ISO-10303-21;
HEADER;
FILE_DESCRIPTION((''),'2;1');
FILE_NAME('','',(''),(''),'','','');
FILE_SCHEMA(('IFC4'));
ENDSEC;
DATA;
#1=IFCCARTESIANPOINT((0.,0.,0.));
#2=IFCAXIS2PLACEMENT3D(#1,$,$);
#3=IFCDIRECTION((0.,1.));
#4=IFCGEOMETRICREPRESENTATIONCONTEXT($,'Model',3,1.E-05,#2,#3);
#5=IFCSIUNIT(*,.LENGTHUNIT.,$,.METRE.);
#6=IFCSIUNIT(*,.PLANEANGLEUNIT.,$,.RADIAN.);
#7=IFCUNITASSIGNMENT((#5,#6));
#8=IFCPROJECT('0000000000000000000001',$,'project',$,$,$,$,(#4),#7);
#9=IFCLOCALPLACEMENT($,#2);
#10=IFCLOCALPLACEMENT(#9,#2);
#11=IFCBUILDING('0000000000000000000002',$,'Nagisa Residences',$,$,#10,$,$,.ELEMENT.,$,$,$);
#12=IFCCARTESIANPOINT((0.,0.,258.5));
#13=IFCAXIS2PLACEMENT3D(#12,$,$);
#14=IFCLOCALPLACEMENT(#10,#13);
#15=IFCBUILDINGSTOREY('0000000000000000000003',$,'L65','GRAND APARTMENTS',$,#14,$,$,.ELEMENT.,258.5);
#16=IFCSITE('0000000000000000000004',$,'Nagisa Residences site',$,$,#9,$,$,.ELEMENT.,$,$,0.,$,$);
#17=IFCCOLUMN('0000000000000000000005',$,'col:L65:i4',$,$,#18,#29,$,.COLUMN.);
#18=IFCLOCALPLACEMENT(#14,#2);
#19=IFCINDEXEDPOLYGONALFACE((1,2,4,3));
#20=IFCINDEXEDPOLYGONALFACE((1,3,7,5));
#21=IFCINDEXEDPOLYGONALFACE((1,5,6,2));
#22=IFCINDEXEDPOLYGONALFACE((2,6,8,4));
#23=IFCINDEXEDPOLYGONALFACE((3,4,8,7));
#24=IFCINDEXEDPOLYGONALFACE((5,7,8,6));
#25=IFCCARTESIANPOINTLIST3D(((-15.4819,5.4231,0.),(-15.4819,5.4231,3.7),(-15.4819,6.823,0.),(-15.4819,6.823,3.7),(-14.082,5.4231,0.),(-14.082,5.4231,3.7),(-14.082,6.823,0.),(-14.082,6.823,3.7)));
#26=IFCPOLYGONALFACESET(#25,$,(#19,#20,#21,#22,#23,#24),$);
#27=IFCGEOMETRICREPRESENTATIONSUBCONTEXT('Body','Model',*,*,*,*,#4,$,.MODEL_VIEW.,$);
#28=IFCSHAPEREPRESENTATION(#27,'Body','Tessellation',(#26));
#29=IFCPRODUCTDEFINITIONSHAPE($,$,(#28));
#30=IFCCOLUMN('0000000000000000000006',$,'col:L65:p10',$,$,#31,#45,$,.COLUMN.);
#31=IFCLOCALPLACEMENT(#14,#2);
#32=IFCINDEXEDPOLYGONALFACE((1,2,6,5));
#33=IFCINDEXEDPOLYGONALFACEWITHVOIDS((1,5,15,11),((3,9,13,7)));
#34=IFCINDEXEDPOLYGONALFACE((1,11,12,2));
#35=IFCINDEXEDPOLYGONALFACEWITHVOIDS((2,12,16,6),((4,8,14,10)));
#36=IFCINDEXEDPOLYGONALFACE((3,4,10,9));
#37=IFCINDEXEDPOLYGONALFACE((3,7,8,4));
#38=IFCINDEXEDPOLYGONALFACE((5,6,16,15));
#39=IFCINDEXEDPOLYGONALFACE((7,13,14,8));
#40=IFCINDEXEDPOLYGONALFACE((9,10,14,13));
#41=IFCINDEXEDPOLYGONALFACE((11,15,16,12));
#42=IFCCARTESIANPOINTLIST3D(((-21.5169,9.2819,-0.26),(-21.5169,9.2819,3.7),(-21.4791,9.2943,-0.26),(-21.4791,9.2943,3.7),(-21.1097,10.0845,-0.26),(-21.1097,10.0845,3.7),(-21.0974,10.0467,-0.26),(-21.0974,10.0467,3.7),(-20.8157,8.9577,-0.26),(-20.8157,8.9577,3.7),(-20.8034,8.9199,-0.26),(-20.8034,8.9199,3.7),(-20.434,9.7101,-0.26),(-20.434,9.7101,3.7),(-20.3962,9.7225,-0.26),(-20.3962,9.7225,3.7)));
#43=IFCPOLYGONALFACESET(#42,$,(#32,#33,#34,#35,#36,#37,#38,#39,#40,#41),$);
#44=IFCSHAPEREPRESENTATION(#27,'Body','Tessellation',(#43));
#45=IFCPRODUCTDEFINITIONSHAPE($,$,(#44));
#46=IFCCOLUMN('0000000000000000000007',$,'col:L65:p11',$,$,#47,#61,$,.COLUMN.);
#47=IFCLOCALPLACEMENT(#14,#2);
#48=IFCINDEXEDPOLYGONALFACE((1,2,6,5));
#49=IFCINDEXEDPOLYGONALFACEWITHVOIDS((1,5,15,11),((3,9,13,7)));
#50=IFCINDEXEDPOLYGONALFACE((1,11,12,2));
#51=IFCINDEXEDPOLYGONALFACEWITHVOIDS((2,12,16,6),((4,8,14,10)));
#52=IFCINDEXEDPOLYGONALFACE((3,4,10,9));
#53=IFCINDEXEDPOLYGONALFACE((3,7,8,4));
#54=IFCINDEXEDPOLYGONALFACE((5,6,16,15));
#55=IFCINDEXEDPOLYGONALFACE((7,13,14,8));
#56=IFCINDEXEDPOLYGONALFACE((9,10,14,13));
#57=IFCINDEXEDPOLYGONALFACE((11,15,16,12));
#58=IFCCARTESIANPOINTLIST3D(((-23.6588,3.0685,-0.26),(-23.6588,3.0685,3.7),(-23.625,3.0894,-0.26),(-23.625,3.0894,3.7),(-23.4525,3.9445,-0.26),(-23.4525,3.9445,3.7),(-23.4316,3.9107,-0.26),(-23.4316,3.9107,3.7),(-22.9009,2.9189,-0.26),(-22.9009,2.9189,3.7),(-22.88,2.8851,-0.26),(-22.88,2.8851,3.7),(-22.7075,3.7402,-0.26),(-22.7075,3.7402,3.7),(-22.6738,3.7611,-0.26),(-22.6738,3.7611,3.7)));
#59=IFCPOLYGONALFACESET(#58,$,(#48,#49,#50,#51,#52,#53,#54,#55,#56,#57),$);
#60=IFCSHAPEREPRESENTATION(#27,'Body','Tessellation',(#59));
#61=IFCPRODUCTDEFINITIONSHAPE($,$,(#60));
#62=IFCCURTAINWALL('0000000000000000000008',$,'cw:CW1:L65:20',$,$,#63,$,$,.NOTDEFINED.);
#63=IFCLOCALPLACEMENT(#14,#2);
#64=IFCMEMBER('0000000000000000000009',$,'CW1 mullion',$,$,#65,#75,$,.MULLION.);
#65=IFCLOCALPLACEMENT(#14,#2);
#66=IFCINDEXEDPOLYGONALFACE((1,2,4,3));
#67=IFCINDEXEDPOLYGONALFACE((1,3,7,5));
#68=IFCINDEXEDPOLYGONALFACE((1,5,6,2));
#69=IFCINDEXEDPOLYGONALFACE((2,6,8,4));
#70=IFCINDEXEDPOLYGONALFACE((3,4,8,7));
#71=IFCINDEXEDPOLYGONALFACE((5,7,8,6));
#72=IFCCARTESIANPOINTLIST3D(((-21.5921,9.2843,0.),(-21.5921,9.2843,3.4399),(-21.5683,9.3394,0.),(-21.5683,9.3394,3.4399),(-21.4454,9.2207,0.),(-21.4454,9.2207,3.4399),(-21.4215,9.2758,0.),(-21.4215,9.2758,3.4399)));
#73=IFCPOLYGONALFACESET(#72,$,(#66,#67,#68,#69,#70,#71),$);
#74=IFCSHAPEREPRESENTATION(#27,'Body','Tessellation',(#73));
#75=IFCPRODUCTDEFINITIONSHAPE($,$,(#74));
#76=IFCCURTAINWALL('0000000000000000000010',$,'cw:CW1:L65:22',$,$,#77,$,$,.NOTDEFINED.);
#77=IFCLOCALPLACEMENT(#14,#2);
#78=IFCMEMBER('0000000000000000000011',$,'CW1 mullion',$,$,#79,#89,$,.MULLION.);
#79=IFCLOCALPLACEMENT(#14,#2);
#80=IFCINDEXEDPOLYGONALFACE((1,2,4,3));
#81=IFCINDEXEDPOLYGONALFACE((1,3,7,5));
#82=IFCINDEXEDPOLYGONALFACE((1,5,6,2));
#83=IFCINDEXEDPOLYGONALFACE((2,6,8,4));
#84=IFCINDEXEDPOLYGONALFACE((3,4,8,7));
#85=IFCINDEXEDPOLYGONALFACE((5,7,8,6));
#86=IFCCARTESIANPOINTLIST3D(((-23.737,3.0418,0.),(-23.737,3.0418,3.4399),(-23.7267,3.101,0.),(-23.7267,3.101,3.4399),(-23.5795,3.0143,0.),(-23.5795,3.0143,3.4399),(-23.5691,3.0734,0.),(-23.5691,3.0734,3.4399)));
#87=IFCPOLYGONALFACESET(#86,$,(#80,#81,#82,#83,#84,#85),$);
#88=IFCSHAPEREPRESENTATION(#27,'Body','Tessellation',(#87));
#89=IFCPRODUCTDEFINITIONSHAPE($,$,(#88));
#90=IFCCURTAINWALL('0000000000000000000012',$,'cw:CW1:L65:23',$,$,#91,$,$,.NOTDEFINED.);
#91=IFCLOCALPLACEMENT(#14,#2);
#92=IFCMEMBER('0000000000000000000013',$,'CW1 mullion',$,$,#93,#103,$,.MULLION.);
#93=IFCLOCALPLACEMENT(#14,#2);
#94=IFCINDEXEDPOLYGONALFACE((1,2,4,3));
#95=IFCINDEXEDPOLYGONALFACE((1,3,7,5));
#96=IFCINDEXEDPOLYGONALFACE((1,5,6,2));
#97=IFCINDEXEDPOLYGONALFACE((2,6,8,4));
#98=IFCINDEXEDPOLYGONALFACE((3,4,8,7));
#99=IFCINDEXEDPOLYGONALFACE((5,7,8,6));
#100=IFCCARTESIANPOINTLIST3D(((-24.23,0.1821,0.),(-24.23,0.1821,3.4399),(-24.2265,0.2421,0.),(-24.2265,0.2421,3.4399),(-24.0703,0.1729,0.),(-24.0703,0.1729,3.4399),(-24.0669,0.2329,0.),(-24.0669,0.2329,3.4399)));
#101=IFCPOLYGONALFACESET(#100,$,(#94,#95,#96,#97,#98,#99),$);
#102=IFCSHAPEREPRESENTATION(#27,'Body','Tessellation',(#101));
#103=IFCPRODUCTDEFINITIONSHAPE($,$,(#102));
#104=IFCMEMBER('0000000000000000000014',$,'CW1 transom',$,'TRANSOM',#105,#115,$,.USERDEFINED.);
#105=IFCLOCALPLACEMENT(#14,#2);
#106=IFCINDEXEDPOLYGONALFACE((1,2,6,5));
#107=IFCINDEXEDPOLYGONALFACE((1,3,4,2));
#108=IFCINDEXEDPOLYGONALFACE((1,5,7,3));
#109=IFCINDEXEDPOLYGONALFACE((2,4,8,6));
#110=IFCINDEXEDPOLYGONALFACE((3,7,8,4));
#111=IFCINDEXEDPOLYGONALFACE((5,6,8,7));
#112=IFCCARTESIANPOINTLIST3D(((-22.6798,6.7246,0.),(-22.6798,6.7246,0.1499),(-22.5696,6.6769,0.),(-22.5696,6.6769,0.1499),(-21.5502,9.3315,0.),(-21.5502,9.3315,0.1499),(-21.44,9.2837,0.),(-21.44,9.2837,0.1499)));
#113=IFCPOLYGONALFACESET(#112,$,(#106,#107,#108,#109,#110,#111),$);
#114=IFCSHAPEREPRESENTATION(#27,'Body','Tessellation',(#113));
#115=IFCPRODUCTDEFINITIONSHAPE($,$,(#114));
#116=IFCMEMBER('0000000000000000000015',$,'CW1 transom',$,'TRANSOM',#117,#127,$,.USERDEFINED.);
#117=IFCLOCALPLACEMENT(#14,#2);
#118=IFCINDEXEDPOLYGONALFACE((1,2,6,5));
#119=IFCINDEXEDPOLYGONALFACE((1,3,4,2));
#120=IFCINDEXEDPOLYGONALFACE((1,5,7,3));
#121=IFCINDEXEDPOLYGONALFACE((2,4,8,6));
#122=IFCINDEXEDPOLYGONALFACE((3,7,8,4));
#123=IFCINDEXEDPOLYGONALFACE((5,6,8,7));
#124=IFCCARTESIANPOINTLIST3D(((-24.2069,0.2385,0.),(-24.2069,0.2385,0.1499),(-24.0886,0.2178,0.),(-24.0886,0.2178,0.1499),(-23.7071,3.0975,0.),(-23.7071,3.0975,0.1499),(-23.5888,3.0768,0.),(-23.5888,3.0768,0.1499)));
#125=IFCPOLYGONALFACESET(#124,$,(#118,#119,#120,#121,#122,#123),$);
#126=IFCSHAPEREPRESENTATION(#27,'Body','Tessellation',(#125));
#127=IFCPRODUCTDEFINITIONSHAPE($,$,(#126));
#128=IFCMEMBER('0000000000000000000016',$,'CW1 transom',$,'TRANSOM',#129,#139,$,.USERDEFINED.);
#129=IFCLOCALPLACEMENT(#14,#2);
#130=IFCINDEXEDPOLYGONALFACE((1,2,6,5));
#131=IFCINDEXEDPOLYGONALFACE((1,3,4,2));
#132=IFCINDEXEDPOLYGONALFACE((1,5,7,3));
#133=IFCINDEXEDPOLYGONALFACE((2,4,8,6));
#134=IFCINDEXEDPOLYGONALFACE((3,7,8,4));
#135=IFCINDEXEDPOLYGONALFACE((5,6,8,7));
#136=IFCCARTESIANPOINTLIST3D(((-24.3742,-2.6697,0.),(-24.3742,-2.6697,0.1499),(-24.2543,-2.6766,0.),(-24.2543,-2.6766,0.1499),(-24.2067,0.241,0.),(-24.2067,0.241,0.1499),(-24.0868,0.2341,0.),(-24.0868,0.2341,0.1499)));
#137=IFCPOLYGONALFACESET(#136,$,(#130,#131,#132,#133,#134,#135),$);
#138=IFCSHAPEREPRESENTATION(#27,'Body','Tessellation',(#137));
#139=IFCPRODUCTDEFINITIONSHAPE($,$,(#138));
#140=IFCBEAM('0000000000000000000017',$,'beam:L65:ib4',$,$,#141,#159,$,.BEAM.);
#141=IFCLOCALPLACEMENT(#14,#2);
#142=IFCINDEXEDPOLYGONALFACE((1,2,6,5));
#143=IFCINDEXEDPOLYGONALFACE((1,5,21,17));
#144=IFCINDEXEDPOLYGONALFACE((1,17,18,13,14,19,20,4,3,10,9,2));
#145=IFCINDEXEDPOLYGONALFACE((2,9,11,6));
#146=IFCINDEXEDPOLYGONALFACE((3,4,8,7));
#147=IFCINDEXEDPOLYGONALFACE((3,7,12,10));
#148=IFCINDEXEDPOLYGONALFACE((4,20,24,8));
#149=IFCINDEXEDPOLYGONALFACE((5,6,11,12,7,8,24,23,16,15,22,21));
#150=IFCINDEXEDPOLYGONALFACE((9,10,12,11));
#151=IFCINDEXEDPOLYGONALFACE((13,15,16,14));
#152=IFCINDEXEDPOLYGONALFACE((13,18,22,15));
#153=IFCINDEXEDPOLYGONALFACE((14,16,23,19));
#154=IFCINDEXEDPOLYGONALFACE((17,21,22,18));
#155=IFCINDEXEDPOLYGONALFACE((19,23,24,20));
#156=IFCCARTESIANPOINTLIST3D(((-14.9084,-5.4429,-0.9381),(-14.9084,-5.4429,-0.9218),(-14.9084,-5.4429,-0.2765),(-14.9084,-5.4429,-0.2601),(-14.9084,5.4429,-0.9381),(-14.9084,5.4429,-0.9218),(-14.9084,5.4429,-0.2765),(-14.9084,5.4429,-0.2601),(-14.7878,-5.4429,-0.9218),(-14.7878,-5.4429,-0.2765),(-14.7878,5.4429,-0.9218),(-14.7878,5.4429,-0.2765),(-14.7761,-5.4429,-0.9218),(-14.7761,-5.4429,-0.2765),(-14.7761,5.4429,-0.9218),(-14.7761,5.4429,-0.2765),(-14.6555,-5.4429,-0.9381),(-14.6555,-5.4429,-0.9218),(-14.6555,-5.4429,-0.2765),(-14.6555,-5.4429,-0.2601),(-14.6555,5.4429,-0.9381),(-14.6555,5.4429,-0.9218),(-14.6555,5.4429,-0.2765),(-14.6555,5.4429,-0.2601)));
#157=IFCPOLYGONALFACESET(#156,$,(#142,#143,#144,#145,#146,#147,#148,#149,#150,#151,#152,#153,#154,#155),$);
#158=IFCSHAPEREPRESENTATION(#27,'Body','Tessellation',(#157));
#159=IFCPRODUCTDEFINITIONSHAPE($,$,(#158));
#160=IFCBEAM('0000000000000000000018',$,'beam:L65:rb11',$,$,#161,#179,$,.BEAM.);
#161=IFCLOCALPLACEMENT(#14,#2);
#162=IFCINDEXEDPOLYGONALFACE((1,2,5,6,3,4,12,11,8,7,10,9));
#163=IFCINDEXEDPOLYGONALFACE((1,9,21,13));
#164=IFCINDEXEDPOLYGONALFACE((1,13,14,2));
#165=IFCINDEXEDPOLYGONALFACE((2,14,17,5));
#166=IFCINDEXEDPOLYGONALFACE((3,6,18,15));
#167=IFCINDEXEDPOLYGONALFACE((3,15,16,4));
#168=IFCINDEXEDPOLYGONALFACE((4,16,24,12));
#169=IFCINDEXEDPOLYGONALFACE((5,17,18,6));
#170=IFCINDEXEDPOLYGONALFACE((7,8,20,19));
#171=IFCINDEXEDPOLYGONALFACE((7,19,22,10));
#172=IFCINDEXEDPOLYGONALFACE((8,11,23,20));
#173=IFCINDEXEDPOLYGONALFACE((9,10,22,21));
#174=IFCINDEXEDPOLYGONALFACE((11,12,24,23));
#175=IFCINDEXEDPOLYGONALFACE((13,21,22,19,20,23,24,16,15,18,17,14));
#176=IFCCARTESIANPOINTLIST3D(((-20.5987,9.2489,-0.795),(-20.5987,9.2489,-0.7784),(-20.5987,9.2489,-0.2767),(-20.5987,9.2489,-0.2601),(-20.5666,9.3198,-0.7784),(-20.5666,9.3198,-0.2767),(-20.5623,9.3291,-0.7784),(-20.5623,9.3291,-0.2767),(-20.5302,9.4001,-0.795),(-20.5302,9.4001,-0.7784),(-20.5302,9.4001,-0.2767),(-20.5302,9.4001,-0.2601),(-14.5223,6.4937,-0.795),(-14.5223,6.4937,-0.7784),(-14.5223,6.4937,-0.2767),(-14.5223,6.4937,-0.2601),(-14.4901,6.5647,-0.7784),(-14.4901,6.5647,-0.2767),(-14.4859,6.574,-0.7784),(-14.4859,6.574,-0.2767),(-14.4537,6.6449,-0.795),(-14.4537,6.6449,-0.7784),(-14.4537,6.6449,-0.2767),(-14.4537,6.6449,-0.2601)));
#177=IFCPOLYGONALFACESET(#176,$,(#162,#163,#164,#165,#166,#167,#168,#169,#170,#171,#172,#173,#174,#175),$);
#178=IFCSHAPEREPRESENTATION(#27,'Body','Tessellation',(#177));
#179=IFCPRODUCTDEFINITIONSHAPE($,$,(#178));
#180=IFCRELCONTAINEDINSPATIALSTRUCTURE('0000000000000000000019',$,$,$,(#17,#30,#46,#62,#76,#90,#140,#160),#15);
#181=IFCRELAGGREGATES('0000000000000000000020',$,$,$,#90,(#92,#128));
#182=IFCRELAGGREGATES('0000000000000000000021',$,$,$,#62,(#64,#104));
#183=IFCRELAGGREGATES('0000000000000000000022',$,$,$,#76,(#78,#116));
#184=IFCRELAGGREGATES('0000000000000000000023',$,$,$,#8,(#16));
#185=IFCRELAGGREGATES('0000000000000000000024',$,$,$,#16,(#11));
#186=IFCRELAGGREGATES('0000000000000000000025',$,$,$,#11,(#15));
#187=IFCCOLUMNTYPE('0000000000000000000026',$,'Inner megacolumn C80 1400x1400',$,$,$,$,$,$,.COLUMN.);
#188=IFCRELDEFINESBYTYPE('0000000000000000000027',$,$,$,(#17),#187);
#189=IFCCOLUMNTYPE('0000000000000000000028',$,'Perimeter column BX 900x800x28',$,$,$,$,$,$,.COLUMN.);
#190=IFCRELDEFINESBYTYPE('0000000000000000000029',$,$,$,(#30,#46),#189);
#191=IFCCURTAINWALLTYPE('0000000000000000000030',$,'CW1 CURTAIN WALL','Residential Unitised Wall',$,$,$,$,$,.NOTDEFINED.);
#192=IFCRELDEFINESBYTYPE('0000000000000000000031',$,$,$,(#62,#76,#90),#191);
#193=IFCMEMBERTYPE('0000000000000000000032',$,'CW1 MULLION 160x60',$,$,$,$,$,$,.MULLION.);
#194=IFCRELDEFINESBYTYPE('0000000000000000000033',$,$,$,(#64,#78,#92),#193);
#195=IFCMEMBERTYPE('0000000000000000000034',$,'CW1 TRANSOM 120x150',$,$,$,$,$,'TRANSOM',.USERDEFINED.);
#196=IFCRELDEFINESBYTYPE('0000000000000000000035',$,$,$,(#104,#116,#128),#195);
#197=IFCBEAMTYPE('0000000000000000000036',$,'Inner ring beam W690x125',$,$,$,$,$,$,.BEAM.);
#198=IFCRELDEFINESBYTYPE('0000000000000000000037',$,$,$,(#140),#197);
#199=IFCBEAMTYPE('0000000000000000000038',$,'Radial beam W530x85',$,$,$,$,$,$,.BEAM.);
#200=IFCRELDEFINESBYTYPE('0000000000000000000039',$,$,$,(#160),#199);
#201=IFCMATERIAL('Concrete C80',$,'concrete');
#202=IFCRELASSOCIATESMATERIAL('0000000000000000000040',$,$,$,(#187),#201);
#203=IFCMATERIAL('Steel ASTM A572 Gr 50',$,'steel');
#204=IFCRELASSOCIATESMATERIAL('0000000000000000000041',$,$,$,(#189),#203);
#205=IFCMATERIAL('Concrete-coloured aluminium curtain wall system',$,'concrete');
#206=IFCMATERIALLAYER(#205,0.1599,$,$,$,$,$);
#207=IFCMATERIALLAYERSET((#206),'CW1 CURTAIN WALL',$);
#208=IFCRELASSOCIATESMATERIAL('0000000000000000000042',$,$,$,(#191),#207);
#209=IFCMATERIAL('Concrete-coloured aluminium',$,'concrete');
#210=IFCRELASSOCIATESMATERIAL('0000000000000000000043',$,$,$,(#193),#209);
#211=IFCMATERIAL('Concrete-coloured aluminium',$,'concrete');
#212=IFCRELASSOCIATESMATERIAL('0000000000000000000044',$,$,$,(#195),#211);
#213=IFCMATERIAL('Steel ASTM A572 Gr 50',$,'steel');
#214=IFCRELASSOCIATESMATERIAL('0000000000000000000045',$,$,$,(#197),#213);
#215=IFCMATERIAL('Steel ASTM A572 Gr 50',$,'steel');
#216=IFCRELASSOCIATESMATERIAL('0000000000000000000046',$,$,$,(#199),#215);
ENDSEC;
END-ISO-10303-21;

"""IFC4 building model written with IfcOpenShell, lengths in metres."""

from ifc_helpers import new_model, si_unit, direction, frame, origin, origin_2d, place, context, subcontext, project, spatial, rectangle, hollow_rectangle, i_section, extrude, material, layer, layer_set, material_profile, profile_set, type_object, element, aggregate, save


model = new_model("IFC4")

# Units and contexts
model_context = context("Model", 3, precision=1e-05, world=origin(), true_north=direction((0.0, 1.0)))
body_context = subcontext(model_context, "Body", "Model", "MODEL_VIEW")
ifc_project = project(units=[si_unit("LENGTHUNIT", "METRE"), si_unit("PLANEANGLEUNIT", "RADIAN")], contexts=[model_context])

# Site, building, storey
site_placement = place(None, origin())
site = spatial("IfcSite", under=ifc_project, at=site_placement, Name="Nagisa Residences site", CompositionType="ELEMENT", RefElevation=0.0)
building_placement = place(site_placement, origin())
building = spatial("IfcBuilding", under=site, at=building_placement, Name="Nagisa Residences", CompositionType="ELEMENT")
storey_placement = place(building_placement, frame((0.0, 0.0, 258.5)))
storey = spatial("IfcBuildingStorey", under=building, at=storey_placement, Name="L65", Description="GRAND APARTMENTS", CompositionType="ELEMENT", Elevation=258.5)

# Columns
ifc_material_1 = material(Name="Concrete C80", Category="concrete")
ifc_material_profile_1 = material_profile(ifc_material_1, rectangle(XDim=1.3999, YDim=1.3999, at=origin_2d()), Name="C80 1400x1400")
ifc_profile_set_1 = profile_set([ifc_material_profile_1], Name="Concrete C80")
column_type_1 = type_object("IfcColumnType", Name="Inner megacolumn C80 1400x1400", PredefinedType="COLUMN", material=ifc_profile_set_1)
column_placement = place(storey_placement, frame((-14.782, 6.123, 0.0), z_axis=(0.0, 0.0, 1.0), x_axis=(1.0, 0.0, 0.0)))
element("IfcColumn", 1, at=column_placement, inside=storey, type_object=column_type_1, Name="col:L65:i4", PredefinedType="COLUMN", context=body_context, shape_type="SweptSolid", body=[
    extrude(rectangle(XDim=1.3999, YDim=1.3999, at=origin_2d()), origin(), (0.0, 0.0, 1.0), 3.7),
])
ifc_material_2 = material(Name="Steel ASTM A572 Gr 50", Category="steel")
ifc_material_profile_2 = material_profile(ifc_material_2, hollow_rectangle(XDim=0.8999, YDim=0.8, WallThickness=0.0281, at=origin_2d()), Name="BX 900x800x28")
ifc_profile_set_2 = profile_set([ifc_material_profile_2], Name="Steel ASTM A572 Gr 50")
column_type_2 = type_object("IfcColumnType", Name="Perimeter column BX 900x800x28", PredefinedType="COLUMN", material=ifc_profile_set_2)
for number, where, z_axis, x_axis, name in (
    (2, (-20.9565, 9.5022, -0.26), (0.0, 0.0, 1.0), (-0.452463, -0.891783, 0.0), "col:L65:p10"),
    (3, (-23.1663, 3.4148, -0.26), (0.0, 0.0, 1.0), (-0.229202, -0.973379, 0.0), "col:L65:p11"),
):
    element("IfcColumn", number, at=place(storey_placement, frame(where, z_axis=z_axis, x_axis=x_axis)), inside=storey, type_object=column_type_2, Name=name, PredefinedType="COLUMN", context=body_context, shape_type="SweptSolid", body=[
        extrude(hollow_rectangle(XDim=0.8999, YDim=0.8, WallThickness=0.0281, at=origin_2d()), origin(), (0.0, 0.0, 1.0), 3.96),
    ])

# Curtain walls, members
ifc_material_3 = material(Name="Concrete-coloured aluminium curtain wall system", Category="concrete")
ifc_layer_1 = layer(ifc_material_3, 0.1599)
ifc_layer_set_1 = layer_set([ifc_layer_1], Name="CW1 CURTAIN WALL")
curtain_wall_type = type_object("IfcCurtainWallType", Name="CW1 CURTAIN WALL", Description="Residential Unitised Wall", PredefinedType="NOTDEFINED", material=ifc_layer_set_1)
curtain_wall_1_placement = place(storey_placement, origin())
curtain_wall_1 = element("IfcCurtainWall", 4, at=curtain_wall_1_placement, inside=storey, type_object=curtain_wall_type, Name="cw:CW1:L65:20", PredefinedType="NOTDEFINED")
ifc_material_4 = material(Name="Concrete-coloured aluminium", Category="concrete")
ifc_material_profile_3 = material_profile(ifc_material_4, rectangle(XDim=0.1599, YDim=0.0601, at=origin_2d()), Name="CW1 MULLION 160x60")
ifc_profile_set_3 = profile_set([ifc_material_profile_3], Name="Concrete-coloured aluminium")
member_type_1 = type_object("IfcMemberType", Name="CW1 MULLION 160x60", PredefinedType="MULLION", material=ifc_profile_set_3)
member_1_placement = place(storey_placement, frame((-21.5068, 9.28, 0.0), z_axis=(0.0, 0.0, 1.0), x_axis=(0.917543, -0.397636, 0.0)))
member_1 = element("IfcMember", 5, at=member_1_placement, type_object=member_type_1, Name="CW1 mullion", PredefinedType="MULLION", context=body_context, shape_type="SweptSolid", body=[
    extrude(rectangle(XDim=0.1599, YDim=0.0601, at=origin_2d()), origin(), (0.0, 0.0, 1.0), 3.4399),
])
curtain_wall_2_placement = place(storey_placement, origin())
curtain_wall_2 = element("IfcCurtainWall", 6, at=curtain_wall_2_placement, inside=storey, type_object=curtain_wall_type, Name="cw:CW1:L65:22", PredefinedType="NOTDEFINED")
member_2_placement = place(storey_placement, frame((-23.6531, 3.0576, 0.0), z_axis=(0.0, 0.0, 1.0), x_axis=(0.985064, -0.172191, 0.0)))
member_2 = element("IfcMember", 7, at=member_2_placement, type_object=member_type_1, Name="CW1 mullion", PredefinedType="MULLION", context=body_context, shape_type="SweptSolid", body=[
    extrude(rectangle(XDim=0.1599, YDim=0.0601, at=origin_2d()), origin(), (0.0, 0.0, 1.0), 3.4399),
])
curtain_wall_3_placement = place(storey_placement, origin())
curtain_wall_3 = element("IfcCurtainWall", 8, at=curtain_wall_3_placement, inside=storey, type_object=curtain_wall_type, Name="cw:CW1:L65:23", PredefinedType="NOTDEFINED")
member_3_placement = place(storey_placement, frame((-24.1484, 0.2075, 0.0), z_axis=(0.0, 0.0, 1.0), x_axis=(0.998345, -0.057503, 0.0)))
member_3 = element("IfcMember", 9, at=member_3_placement, type_object=member_type_1, Name="CW1 mullion", PredefinedType="MULLION", context=body_context, shape_type="SweptSolid", body=[
    extrude(rectangle(XDim=0.1599, YDim=0.0601, at=origin_2d()), origin(), (0.0, 0.0, 1.0), 3.4399),
])

# Members
ifc_material_5 = material(Name="Concrete-coloured aluminium", Category="concrete")
ifc_material_profile_4 = material_profile(ifc_material_5, rectangle(XDim=0.1201, YDim=0.1499, at=origin_2d()), Name="CW1 TRANSOM 120x150")
ifc_profile_set_4 = profile_set([ifc_material_profile_4], Name="Concrete-coloured aluminium")
member_type_2 = type_object("IfcMemberType", Name="CW1 TRANSOM 120x150", ElementType="TRANSOM", PredefinedType="USERDEFINED", material=ifc_profile_set_4)
member_4_placement = place(storey_placement, frame((-21.4951, 9.3076, 0.075), z_axis=(-0.397598, -0.91756, 0.0), x_axis=(0.91756, -0.397598, 0.0)))
member_4 = element("IfcMember", 10, at=member_4_placement, type_object=member_type_2, Name="CW1 transom", ObjectType="TRANSOM", PredefinedType="USERDEFINED", context=body_context, shape_type="SweptSolid", body=[
    extrude(rectangle(XDim=0.1201, YDim=0.1499, at=origin_2d()), origin(), (0.0, 0.0, 1.0), 2.8411),
])
member_5_placement = place(storey_placement, frame((-23.6479, 3.0872, 0.075), z_axis=(-0.172197, -0.985063, 0.0), x_axis=(0.985063, -0.172197, 0.0)))
member_5 = element("IfcMember", 11, at=member_5_placement, type_object=member_type_2, Name="CW1 transom", ObjectType="TRANSOM", PredefinedType="USERDEFINED", context=body_context, shape_type="SweptSolid", body=[
    extrude(rectangle(XDim=0.1201, YDim=0.1499, at=origin_2d()), origin(), (0.0, 0.0, 1.0), 2.9023),
])
member_6_placement = place(storey_placement, frame((-24.1467, 0.2375, 0.075), z_axis=(-0.057446, -0.998349, 0.0), x_axis=(0.998349, -0.057446, 0.0)))
member_6 = element("IfcMember", 12, at=member_6_placement, type_object=member_type_2, Name="CW1 transom", ObjectType="TRANSOM", PredefinedType="USERDEFINED", context=body_context, shape_type="SweptSolid", body=[
    extrude(rectangle(XDim=0.1201, YDim=0.1499, at=origin_2d()), origin(), (0.0, 0.0, 1.0), 2.9155),
])
aggregate(curtain_wall_3, [member_3, member_6])

# Beams
ifc_material_6 = material(Name="Steel ASTM A572 Gr 50", Category="steel")
ifc_material_profile_5 = material_profile(ifc_material_6, i_section(OverallWidth=0.2529, OverallDepth=0.678, WebThickness=0.0117, FlangeThickness=0.0164, at=origin_2d()), Name="W690x125")
ifc_profile_set_5 = profile_set([ifc_material_profile_5], Name="Steel ASTM A572 Gr 50")
beam_type_1 = type_object("IfcBeamType", Name="Inner ring beam W690x125", PredefinedType="BEAM", material=ifc_profile_set_5)
beam_1_placement = place(storey_placement, frame((-14.782, 5.4429, -0.5991), z_axis=(0.0, -1.0, 0.0), x_axis=(1.0, 0.0, 0.0)))
element("IfcBeam", 13, at=beam_1_placement, inside=storey, type_object=beam_type_1, Name="beam:L65:ib4", PredefinedType="BEAM", context=body_context, shape_type="SweptSolid", body=[
    extrude(i_section(OverallWidth=0.2529, OverallDepth=0.678, WebThickness=0.0117, FlangeThickness=0.0164, at=origin_2d()), origin(), (0.0, 0.0, 1.0), 10.8857),
])
ifc_material_7 = material(Name="Steel ASTM A572 Gr 50", Category="steel")
ifc_material_profile_6 = material_profile(ifc_material_7, i_section(OverallWidth=0.166, OverallDepth=0.5349, WebThickness=0.0103, FlangeThickness=0.0166, at=origin_2d()), Name="W530x85")
ifc_profile_set_6 = profile_set([ifc_material_profile_6], Name="Steel ASTM A572 Gr 50")
beam_type_2 = type_object("IfcBeamType", Name="Radial beam W530x85", PredefinedType="BEAM", material=ifc_profile_set_6)
beam_2_placement = place(storey_placement, frame((-20.5645, 9.3245, -0.5276), z_axis=(0.910755, -0.412948, 0.0), x_axis=(0.412948, 0.910755, 0.0)))
element("IfcBeam", 14, at=beam_2_placement, inside=storey, type_object=beam_type_2, Name="beam:L65:rb11", PredefinedType="BEAM", context=body_context, shape_type="SweptSolid", body=[
    extrude(i_section(OverallWidth=0.166, OverallDepth=0.5349, WebThickness=0.0103, FlangeThickness=0.0166, at=origin_2d()), origin(), (0.0, 0.0, 1.0), 6.6719),
])

aggregate(curtain_wall_1, [member_1, member_4])
aggregate(curtain_wall_2, [member_2, member_5])

save(model, "model.ifc")
